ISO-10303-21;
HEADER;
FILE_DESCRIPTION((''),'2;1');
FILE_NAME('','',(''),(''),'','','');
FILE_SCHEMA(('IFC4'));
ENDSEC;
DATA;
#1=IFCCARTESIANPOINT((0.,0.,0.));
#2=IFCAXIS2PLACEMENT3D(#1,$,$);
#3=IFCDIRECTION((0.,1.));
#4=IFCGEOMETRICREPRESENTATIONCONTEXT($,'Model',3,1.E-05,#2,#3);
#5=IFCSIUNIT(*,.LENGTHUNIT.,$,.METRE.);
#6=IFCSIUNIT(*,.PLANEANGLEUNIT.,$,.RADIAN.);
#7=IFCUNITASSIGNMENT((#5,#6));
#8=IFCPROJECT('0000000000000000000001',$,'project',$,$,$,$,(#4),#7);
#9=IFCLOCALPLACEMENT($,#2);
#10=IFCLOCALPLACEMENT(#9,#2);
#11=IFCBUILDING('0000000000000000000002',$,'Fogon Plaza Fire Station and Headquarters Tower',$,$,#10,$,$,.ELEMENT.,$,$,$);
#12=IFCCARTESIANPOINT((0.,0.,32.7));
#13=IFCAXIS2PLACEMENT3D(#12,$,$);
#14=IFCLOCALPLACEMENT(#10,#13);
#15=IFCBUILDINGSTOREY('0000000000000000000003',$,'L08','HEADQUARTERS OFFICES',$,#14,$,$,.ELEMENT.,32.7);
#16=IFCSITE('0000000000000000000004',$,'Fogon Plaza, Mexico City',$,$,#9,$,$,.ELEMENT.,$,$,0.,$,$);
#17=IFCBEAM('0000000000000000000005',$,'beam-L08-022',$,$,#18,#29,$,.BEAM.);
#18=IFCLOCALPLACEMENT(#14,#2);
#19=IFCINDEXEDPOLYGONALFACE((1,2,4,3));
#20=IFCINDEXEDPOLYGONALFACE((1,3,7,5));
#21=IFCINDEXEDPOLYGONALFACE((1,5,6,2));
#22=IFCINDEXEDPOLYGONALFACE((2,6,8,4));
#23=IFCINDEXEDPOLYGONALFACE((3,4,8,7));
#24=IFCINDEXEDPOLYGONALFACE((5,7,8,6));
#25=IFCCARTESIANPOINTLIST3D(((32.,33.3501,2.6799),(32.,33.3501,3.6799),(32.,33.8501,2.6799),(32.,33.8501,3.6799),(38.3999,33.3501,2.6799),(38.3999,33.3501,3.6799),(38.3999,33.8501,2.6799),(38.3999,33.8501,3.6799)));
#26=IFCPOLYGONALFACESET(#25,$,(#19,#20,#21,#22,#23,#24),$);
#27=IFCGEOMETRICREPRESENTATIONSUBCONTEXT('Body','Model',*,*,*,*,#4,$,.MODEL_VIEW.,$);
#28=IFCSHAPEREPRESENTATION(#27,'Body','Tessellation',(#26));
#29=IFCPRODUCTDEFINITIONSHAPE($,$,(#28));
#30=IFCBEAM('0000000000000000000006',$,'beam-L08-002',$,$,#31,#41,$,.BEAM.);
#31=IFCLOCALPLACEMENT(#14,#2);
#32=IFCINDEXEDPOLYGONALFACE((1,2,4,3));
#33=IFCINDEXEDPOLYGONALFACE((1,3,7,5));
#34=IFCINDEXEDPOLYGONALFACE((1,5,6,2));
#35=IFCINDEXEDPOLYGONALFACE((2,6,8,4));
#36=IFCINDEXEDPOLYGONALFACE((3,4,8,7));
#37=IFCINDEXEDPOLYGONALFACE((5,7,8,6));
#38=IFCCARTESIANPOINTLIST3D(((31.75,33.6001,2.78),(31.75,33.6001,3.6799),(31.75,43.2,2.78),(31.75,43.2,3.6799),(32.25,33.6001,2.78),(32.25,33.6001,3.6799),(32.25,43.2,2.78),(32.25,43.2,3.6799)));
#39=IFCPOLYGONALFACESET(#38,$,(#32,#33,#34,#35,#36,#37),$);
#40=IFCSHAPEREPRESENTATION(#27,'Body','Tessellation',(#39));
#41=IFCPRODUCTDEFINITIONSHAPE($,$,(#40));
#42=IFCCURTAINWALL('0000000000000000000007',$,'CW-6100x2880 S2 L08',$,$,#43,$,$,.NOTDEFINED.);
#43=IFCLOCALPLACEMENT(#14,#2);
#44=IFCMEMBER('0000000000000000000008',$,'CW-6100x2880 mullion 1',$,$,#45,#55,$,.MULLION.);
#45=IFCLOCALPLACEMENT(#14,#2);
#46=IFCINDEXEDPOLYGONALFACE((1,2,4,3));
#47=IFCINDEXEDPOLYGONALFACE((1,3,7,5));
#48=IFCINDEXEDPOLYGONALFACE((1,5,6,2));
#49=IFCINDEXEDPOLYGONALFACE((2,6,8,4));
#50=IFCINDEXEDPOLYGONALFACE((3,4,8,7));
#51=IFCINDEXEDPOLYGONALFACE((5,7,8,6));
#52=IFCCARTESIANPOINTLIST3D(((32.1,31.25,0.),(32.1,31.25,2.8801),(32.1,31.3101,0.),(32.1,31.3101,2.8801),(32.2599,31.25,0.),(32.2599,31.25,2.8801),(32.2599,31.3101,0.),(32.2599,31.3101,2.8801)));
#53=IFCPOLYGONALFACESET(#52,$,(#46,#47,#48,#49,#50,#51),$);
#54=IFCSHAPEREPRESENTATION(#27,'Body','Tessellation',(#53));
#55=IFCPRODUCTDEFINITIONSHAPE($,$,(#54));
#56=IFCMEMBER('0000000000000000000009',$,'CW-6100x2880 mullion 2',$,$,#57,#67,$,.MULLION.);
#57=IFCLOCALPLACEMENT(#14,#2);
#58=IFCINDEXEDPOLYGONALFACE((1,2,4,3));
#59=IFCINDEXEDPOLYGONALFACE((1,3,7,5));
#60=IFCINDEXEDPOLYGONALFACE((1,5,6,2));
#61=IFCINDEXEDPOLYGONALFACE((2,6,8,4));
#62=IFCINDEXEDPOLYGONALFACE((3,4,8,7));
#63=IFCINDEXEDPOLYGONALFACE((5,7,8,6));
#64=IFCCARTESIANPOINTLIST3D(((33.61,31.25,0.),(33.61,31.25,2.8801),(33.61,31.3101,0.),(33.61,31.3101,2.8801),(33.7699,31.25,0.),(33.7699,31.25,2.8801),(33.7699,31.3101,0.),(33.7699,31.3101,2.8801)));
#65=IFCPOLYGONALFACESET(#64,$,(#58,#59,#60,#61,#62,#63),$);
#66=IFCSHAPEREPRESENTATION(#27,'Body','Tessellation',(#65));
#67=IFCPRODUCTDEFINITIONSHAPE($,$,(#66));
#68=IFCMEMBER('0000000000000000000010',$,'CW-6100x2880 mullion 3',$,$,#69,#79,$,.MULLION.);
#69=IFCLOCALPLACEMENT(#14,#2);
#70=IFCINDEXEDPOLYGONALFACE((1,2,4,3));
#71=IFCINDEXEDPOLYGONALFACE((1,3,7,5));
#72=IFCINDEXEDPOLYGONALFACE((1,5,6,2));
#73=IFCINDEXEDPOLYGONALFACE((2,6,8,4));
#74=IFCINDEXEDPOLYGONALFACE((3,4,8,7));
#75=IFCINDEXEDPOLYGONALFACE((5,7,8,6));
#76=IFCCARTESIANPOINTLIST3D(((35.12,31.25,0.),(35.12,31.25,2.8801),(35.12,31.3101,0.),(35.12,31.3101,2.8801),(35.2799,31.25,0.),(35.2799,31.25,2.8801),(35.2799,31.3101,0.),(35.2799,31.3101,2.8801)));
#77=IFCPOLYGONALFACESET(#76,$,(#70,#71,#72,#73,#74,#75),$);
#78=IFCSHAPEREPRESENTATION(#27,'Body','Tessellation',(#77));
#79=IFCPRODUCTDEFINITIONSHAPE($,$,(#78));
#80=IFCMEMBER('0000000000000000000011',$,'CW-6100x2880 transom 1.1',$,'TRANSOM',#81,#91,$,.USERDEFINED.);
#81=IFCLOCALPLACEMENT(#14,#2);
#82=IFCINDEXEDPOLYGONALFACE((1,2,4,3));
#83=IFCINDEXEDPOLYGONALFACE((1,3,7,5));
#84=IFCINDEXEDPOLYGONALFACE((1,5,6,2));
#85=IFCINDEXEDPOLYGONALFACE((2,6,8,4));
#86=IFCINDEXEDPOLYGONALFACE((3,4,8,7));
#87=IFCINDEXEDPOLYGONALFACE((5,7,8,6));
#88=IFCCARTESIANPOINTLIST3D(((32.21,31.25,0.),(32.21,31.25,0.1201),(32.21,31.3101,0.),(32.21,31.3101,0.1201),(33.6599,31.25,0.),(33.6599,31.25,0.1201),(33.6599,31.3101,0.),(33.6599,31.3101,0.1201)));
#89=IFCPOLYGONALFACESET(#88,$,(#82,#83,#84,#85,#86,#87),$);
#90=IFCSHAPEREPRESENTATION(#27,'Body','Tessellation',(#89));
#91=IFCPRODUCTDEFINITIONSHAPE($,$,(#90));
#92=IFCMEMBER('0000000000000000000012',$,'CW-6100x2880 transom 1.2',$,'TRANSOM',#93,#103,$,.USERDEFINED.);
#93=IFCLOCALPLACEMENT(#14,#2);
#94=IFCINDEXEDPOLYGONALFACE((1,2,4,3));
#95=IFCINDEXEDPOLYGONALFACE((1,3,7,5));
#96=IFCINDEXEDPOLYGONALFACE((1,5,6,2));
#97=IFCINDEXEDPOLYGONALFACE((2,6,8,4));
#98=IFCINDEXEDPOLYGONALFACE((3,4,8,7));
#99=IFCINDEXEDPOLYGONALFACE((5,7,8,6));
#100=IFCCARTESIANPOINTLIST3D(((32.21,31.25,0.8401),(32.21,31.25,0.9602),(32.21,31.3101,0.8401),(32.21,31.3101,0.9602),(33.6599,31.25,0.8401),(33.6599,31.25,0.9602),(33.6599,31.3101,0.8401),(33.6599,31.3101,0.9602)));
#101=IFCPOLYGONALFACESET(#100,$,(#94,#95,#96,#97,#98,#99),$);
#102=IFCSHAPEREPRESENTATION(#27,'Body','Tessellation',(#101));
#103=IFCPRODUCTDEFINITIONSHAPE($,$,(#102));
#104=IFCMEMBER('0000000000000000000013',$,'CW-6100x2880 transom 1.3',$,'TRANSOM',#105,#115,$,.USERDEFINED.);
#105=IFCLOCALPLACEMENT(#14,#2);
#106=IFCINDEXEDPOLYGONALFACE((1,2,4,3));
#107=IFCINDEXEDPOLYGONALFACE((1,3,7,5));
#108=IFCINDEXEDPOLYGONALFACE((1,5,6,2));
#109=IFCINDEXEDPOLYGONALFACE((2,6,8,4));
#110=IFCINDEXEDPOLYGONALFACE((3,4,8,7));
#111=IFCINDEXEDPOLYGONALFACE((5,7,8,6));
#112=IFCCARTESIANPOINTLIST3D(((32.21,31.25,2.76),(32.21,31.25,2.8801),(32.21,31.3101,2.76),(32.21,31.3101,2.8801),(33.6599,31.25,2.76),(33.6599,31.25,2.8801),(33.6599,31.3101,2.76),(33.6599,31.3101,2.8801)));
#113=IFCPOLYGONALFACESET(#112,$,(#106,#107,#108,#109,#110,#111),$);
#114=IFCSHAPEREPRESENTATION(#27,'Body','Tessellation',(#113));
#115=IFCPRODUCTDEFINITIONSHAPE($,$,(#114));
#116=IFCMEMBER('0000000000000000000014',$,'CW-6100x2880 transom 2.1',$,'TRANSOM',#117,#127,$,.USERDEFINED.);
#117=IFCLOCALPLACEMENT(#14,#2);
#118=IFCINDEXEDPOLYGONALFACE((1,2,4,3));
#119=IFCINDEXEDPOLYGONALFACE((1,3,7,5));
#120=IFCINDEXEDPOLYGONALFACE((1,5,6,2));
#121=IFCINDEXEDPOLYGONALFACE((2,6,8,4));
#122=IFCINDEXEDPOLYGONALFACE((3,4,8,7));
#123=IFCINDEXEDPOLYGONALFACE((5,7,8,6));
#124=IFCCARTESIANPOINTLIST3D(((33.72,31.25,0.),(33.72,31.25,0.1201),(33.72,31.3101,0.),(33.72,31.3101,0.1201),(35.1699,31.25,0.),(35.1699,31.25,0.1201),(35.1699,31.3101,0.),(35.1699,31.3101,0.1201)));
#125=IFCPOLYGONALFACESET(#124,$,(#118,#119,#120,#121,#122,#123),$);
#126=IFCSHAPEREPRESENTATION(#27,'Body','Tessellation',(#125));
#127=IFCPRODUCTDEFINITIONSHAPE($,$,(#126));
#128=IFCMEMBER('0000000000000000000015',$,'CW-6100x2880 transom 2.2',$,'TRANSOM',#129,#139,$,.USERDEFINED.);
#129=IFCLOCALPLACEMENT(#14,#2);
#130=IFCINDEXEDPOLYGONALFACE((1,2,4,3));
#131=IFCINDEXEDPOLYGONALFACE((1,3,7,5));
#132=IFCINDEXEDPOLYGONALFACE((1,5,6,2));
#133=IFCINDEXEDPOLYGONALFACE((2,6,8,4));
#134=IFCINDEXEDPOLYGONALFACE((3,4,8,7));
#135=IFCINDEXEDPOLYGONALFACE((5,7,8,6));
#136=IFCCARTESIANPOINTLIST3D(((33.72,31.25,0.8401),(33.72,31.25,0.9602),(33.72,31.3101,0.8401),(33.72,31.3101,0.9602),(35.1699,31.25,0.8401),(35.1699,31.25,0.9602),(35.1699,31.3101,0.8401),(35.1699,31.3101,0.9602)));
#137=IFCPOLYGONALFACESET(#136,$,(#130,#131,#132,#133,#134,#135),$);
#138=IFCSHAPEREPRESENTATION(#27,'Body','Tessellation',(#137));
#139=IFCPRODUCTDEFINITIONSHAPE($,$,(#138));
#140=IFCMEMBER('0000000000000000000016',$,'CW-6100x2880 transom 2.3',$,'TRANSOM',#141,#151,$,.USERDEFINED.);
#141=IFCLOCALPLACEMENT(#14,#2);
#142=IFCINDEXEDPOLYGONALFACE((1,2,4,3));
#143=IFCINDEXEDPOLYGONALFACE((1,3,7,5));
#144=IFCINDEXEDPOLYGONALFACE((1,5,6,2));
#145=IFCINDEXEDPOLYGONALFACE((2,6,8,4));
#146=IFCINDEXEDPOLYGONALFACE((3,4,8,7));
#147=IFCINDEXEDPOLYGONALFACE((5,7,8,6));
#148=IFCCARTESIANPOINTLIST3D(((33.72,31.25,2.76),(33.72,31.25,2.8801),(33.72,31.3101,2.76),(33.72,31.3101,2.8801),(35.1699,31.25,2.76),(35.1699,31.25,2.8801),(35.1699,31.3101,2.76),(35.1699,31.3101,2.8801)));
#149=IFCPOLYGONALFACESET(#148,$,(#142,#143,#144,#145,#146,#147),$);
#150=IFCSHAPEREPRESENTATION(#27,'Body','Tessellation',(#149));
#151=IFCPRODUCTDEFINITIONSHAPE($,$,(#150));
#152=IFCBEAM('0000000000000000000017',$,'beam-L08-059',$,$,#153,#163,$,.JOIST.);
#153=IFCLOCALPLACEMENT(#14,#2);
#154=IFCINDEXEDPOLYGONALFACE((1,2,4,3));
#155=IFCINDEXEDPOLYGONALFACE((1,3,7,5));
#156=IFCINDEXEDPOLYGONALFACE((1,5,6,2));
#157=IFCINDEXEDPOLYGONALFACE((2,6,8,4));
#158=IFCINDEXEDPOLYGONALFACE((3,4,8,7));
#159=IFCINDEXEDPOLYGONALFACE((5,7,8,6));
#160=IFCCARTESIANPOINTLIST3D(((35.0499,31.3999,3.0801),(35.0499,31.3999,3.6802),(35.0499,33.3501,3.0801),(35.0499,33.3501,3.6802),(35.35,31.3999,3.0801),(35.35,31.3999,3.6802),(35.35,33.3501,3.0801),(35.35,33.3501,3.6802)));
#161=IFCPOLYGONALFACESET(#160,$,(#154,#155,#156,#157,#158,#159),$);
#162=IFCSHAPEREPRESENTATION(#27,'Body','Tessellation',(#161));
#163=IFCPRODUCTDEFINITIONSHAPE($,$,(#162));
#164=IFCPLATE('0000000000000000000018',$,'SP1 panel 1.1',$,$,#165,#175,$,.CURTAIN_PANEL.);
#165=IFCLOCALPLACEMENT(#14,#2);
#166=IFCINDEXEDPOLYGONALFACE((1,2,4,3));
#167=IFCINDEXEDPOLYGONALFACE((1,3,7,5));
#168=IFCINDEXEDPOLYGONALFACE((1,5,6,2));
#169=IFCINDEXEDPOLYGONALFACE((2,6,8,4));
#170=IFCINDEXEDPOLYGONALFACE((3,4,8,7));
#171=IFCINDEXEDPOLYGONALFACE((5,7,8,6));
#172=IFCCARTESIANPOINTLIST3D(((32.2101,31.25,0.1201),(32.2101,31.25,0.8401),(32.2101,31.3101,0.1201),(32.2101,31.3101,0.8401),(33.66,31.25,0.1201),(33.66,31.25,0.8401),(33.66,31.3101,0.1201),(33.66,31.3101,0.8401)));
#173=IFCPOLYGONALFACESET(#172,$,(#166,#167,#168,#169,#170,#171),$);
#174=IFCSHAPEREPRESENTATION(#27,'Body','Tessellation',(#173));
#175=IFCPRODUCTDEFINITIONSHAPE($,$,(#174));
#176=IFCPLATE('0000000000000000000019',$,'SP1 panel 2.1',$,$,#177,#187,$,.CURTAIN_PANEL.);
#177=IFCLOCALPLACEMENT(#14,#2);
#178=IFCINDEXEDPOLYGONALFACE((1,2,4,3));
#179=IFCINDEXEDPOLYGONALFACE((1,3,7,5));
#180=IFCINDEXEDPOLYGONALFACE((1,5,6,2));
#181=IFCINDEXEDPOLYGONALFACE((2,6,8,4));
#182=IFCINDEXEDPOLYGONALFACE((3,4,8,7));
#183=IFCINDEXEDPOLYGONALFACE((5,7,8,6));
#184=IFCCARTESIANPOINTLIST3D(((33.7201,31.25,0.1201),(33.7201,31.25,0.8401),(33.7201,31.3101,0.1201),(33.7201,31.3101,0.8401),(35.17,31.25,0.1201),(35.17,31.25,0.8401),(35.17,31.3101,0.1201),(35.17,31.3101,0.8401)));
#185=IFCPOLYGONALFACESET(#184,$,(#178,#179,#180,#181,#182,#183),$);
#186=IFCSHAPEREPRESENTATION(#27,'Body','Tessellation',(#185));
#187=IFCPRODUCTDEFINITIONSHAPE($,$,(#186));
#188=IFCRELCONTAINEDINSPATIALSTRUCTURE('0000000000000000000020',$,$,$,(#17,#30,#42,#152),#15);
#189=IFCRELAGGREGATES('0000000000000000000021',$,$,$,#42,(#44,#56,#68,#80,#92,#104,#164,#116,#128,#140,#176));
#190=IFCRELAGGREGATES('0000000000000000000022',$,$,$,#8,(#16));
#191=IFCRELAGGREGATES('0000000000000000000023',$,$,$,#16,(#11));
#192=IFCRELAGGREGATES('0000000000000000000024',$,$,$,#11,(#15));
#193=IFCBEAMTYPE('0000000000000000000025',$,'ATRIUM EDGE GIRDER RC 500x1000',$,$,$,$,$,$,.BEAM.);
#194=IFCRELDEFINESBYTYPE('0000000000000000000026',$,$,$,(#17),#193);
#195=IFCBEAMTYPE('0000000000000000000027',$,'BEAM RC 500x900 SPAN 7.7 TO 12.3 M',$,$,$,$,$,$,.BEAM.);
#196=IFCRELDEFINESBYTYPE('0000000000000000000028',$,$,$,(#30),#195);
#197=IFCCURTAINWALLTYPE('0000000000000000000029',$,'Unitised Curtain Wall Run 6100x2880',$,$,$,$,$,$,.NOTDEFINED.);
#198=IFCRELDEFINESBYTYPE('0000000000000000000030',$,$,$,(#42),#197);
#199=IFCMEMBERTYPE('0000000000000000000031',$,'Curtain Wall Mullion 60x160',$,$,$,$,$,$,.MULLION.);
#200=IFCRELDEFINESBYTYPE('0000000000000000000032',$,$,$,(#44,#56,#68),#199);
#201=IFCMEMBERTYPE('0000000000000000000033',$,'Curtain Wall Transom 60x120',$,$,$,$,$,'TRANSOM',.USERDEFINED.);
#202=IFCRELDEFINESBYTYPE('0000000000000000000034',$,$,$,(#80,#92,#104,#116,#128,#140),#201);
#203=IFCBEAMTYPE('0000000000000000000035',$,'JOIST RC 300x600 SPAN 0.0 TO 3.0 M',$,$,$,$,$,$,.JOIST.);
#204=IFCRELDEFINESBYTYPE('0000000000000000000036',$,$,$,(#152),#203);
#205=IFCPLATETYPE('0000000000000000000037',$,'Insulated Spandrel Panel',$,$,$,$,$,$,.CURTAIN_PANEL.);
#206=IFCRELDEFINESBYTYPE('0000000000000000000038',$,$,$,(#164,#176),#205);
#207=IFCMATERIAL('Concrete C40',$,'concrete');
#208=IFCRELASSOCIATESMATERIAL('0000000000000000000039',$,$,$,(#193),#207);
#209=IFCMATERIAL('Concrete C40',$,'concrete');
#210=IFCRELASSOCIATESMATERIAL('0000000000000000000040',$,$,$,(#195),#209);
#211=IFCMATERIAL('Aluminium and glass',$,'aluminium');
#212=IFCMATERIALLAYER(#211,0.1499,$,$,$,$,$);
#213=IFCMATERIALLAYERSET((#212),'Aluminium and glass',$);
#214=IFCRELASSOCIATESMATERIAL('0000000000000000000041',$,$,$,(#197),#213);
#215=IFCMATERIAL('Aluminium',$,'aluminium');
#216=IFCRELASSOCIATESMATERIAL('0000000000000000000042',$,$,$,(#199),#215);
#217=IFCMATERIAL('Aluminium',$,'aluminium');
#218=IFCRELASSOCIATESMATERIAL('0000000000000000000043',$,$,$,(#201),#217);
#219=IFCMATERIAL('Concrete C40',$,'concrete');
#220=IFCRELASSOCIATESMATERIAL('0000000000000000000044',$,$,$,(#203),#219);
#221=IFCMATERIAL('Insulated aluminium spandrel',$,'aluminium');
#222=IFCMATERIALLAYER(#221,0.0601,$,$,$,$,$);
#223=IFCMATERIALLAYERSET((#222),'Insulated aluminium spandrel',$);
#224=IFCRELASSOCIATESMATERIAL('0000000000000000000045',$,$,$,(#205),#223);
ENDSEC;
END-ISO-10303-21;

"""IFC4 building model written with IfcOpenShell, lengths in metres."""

from ifc_helpers import new_model, si_unit, direction, frame, origin, origin_2d, place, context, subcontext, project, spatial, rectangle, extrude, material, layer, layer_set, material_profile, profile_set, type_object, element, aggregate, save


model = new_model("IFC4")

# Units and contexts
model_context = context("Model", 3, precision=1e-05, world=origin(), true_north=direction((0.0, 1.0)))
body_context = subcontext(model_context, "Body", "Model", "MODEL_VIEW")
ifc_project = project(units=[si_unit("LENGTHUNIT", "METRE"), si_unit("PLANEANGLEUNIT", "RADIAN")], contexts=[model_context])

# Site, building, storey
site_placement = place(None, origin())
site = spatial("IfcSite", under=ifc_project, at=site_placement, Name="Fogon Plaza, Mexico City", CompositionType="ELEMENT", RefElevation=0.0)
building_placement = place(site_placement, origin())
building = spatial("IfcBuilding", under=site, at=building_placement, Name="Fogon Plaza Fire Station and Headquarters Tower", CompositionType="ELEMENT")
storey_placement = place(building_placement, frame((0.0, 0.0, 32.7)))
storey = spatial("IfcBuildingStorey", under=building, at=storey_placement, Name="L08", Description="HEADQUARTERS OFFICES", CompositionType="ELEMENT", Elevation=32.7)

# Beams
ifc_material_1 = material(Name="Concrete C40", Category="concrete")
ifc_material_profile_1 = material_profile(ifc_material_1, rectangle(XDim=0.5, YDim=1.0, at=origin_2d()), Name="RC 500x1000")
ifc_profile_set_1 = profile_set([ifc_material_profile_1], Name="Concrete C40")
beam_type_1 = type_object("IfcBeamType", Name="ATRIUM EDGE GIRDER RC 500x1000", PredefinedType="BEAM", material=ifc_profile_set_1)
beam_1_placement = place(storey_placement, frame((32.0, 33.6001, 3.1799), z_axis=(1.0, 0.0, 0.0), x_axis=(0.0, 1.0, 0.0)))
element("IfcBeam", 1, at=beam_1_placement, inside=storey, type_object=beam_type_1, Name="beam-L08-022", PredefinedType="BEAM", context=body_context, shape_type="SweptSolid", body=[
    extrude(rectangle(XDim=0.5, YDim=1.0, at=origin_2d()), origin(), (0.0, 0.0, 1.0), 6.3999),
])
ifc_material_2 = material(Name="Concrete C40", Category="concrete")
ifc_material_profile_2 = material_profile(ifc_material_2, rectangle(XDim=0.5, YDim=0.8999, at=origin_2d()), Name="RC 500x900")
ifc_profile_set_2 = profile_set([ifc_material_profile_2], Name="Concrete C40")
beam_type_2 = type_object("IfcBeamType", Name="BEAM RC 500x900 SPAN 7.7 TO 12.3 M", PredefinedType="BEAM", material=ifc_profile_set_2)
beam_2_placement = place(storey_placement, frame((32.0, 33.6001, 3.23), z_axis=(0.0, 1.0, 0.0), x_axis=(-1.0, 0.0, 0.0)))
element("IfcBeam", 2, at=beam_2_placement, inside=storey, type_object=beam_type_2, Name="beam-L08-002", PredefinedType="BEAM", context=body_context, shape_type="SweptSolid", body=[
    extrude(rectangle(XDim=0.5, YDim=0.8999, at=origin_2d()), origin(), (0.0, 0.0, 1.0), 9.5999),
])

# Curtain wall, members
ifc_material_3 = material(Name="Aluminium and glass", Category="aluminium")
ifc_layer_1 = layer(ifc_material_3, 0.1499)
ifc_layer_set_1 = layer_set([ifc_layer_1], Name="Aluminium and glass")
curtain_wall_type = type_object("IfcCurtainWallType", Name="Unitised Curtain Wall Run 6100x2880", PredefinedType="NOTDEFINED", material=ifc_layer_set_1)
curtain_wall_placement = place(storey_placement, origin())
curtain_wall = element("IfcCurtainWall", 3, at=curtain_wall_placement, inside=storey, type_object=curtain_wall_type, Name="CW-6100x2880 S2 L08", PredefinedType="NOTDEFINED")
ifc_material_4 = material(Name="Aluminium", Category="aluminium")
ifc_material_profile_3 = material_profile(ifc_material_4, rectangle(XDim=0.0601, YDim=0.1599, at=origin_2d()), Name="Curtain Wall Mullion 60x160")
ifc_profile_set_3 = profile_set([ifc_material_profile_3], Name="Aluminium")
member_type_1 = type_object("IfcMemberType", Name="Curtain Wall Mullion 60x160", PredefinedType="MULLION", material=ifc_profile_set_3)
member_1_placement = place(storey_placement, frame((32.1799, 31.28, 0.0), z_axis=(0.0, 0.0, 1.0), x_axis=(0.0, 1.0, 0.0)))
member_1 = element("IfcMember", 4, at=member_1_placement, type_object=member_type_1, Name="CW-6100x2880 mullion 1", PredefinedType="MULLION", context=body_context, shape_type="SweptSolid", body=[
    extrude(rectangle(XDim=0.0601, YDim=0.1599, at=origin_2d()), origin(), (0.0, 0.0, 1.0), 2.8801),
])
member_2_placement = place(storey_placement, frame((33.6899, 31.28, 0.0), z_axis=(0.0, 0.0, 1.0), x_axis=(0.0, 1.0, 0.0)))
member_2 = element("IfcMember", 5, at=member_2_placement, type_object=member_type_1, Name="CW-6100x2880 mullion 2", PredefinedType="MULLION", context=body_context, shape_type="SweptSolid", body=[
    extrude(rectangle(XDim=0.0601, YDim=0.1599, at=origin_2d()), origin(), (0.0, 0.0, 1.0), 2.8801),
])
member_3_placement = place(storey_placement, frame((35.2, 31.28, 0.0), z_axis=(0.0, 0.0, 1.0), x_axis=(0.0, 1.0, 0.0)))
member_3 = element("IfcMember", 6, at=member_3_placement, type_object=member_type_1, Name="CW-6100x2880 mullion 3", PredefinedType="MULLION", context=body_context, shape_type="SweptSolid", body=[
    extrude(rectangle(XDim=0.0601, YDim=0.1599, at=origin_2d()), origin(), (0.0, 0.0, 1.0), 2.8801),
])
ifc_material_5 = material(Name="Aluminium", Category="aluminium")
ifc_material_profile_4 = material_profile(ifc_material_5, rectangle(XDim=0.0601, YDim=0.1201, at=origin_2d()), Name="Curtain Wall Transom 60x120")
ifc_profile_set_4 = profile_set([ifc_material_profile_4], Name="Aluminium")
member_type_2 = type_object("IfcMemberType", Name="Curtain Wall Transom 60x120", ElementType="TRANSOM", PredefinedType="USERDEFINED", material=ifc_profile_set_4)
member_4_placement = place(storey_placement, frame((32.21, 31.28, 0.0601), z_axis=(1.0, 0.0, 0.0), x_axis=(0.0, 1.0, 0.0)))
member_4 = element("IfcMember", 7, at=member_4_placement, type_object=member_type_2, Name="CW-6100x2880 transom 1.1", ObjectType="TRANSOM", PredefinedType="USERDEFINED", context=body_context, shape_type="SweptSolid", body=[
    extrude(rectangle(XDim=0.0601, YDim=0.1201, at=origin_2d()), origin(), (0.0, 0.0, 1.0), 1.45),
])
member_5_placement = place(storey_placement, frame((32.21, 31.28, 0.9001), z_axis=(1.0, 0.0, 0.0), x_axis=(0.0, 1.0, 0.0)))
member_5 = element("IfcMember", 8, at=member_5_placement, type_object=member_type_2, Name="CW-6100x2880 transom 1.2", ObjectType="TRANSOM", PredefinedType="USERDEFINED", context=body_context, shape_type="SweptSolid", body=[
    extrude(rectangle(XDim=0.0601, YDim=0.1201, at=origin_2d()), origin(), (0.0, 0.0, 1.0), 1.45),
])
member_6_placement = place(storey_placement, frame((32.21, 31.28, 2.8201), z_axis=(1.0, 0.0, 0.0), x_axis=(0.0, 1.0, 0.0)))
member_6 = element("IfcMember", 9, at=member_6_placement, type_object=member_type_2, Name="CW-6100x2880 transom 1.3", ObjectType="TRANSOM", PredefinedType="USERDEFINED", context=body_context, shape_type="SweptSolid", body=[
    extrude(rectangle(XDim=0.0601, YDim=0.1201, at=origin_2d()), origin(), (0.0, 0.0, 1.0), 1.45),
])
member_7_placement = place(storey_placement, frame((33.72, 31.28, 0.0601), z_axis=(1.0, 0.0, 0.0), x_axis=(0.0, 1.0, 0.0)))
member_7 = element("IfcMember", 10, at=member_7_placement, type_object=member_type_2, Name="CW-6100x2880 transom 2.1", ObjectType="TRANSOM", PredefinedType="USERDEFINED", context=body_context, shape_type="SweptSolid", body=[
    extrude(rectangle(XDim=0.0601, YDim=0.1201, at=origin_2d()), origin(), (0.0, 0.0, 1.0), 1.45),
])
member_8_placement = place(storey_placement, frame((33.72, 31.28, 0.9001), z_axis=(1.0, 0.0, 0.0), x_axis=(0.0, 1.0, 0.0)))
member_8 = element("IfcMember", 11, at=member_8_placement, type_object=member_type_2, Name="CW-6100x2880 transom 2.2", ObjectType="TRANSOM", PredefinedType="USERDEFINED", context=body_context, shape_type="SweptSolid", body=[
    extrude(rectangle(XDim=0.0601, YDim=0.1201, at=origin_2d()), origin(), (0.0, 0.0, 1.0), 1.45),
])
member_9_placement = place(storey_placement, frame((33.72, 31.28, 2.8201), z_axis=(1.0, 0.0, 0.0), x_axis=(0.0, 1.0, 0.0)))
member_9 = element("IfcMember", 12, at=member_9_placement, type_object=member_type_2, Name="CW-6100x2880 transom 2.3", ObjectType="TRANSOM", PredefinedType="USERDEFINED", context=body_context, shape_type="SweptSolid", body=[
    extrude(rectangle(XDim=0.0601, YDim=0.1201, at=origin_2d()), origin(), (0.0, 0.0, 1.0), 1.45),
])

# Beam
ifc_material_6 = material(Name="Concrete C40", Category="concrete")
ifc_material_profile_5 = material_profile(ifc_material_6, rectangle(XDim=0.3, YDim=0.6001, at=origin_2d()), Name="RC 300x600")
ifc_profile_set_5 = profile_set([ifc_material_profile_5], Name="Concrete C40")
beam_type_3 = type_object("IfcBeamType", Name="JOIST RC 300x600 SPAN 0.0 TO 3.0 M", PredefinedType="JOIST", material=ifc_profile_set_5)
beam_3_placement = place(storey_placement, frame((35.2, 31.3999, 3.3801), z_axis=(0.0, 1.0, 0.0), x_axis=(-1.0, 0.0, 0.0)))
element("IfcBeam", 13, at=beam_3_placement, inside=storey, type_object=beam_type_3, Name="beam-L08-059", PredefinedType="JOIST", context=body_context, shape_type="SweptSolid", body=[
    extrude(rectangle(XDim=0.3, YDim=0.6001, at=origin_2d()), origin(), (0.0, 0.0, 1.0), 1.9502),
])

# Plates
ifc_material_7 = material(Name="Insulated aluminium spandrel", Category="aluminium")
ifc_layer_2 = layer(ifc_material_7, 0.0601)
ifc_layer_set_2 = layer_set([ifc_layer_2], Name="Insulated aluminium spandrel")
plate_type_1 = type_object("IfcPlateType", Name="Insulated Spandrel Panel", PredefinedType="CURTAIN_PANEL", material=ifc_layer_set_2)
plate_1_placement = place(storey_placement, frame((32.9351, 31.28, 0.1201), z_axis=(0.0, 0.0, 1.0), x_axis=(1.0, 0.0, 0.0)))
plate_1 = element("IfcPlate", 14, at=plate_1_placement, type_object=plate_type_1, Name="SP1 panel 1.1", PredefinedType="CURTAIN_PANEL", context=body_context, shape_type="SweptSolid", body=[
    extrude(rectangle(XDim=1.45, YDim=0.0601, at=origin_2d()), origin(), (0.0, 0.0, 1.0), 0.72),
])
plate_2_placement = place(storey_placement, frame((34.4451, 31.28, 0.1201), z_axis=(0.0, 0.0, 1.0), x_axis=(1.0, 0.0, 0.0)))
plate_2 = element("IfcPlate", 15, at=plate_2_placement, type_object=plate_type_1, Name="SP1 panel 2.1", PredefinedType="CURTAIN_PANEL", context=body_context, shape_type="SweptSolid", body=[
    extrude(rectangle(XDim=1.45, YDim=0.0601, at=origin_2d()), origin(), (0.0, 0.0, 1.0), 0.72),
])
aggregate(curtain_wall, [member_1, member_2, member_3, member_4, member_5, member_6, plate_1, member_7, member_8, member_9, plate_2])

save(model, "model.ifc")
